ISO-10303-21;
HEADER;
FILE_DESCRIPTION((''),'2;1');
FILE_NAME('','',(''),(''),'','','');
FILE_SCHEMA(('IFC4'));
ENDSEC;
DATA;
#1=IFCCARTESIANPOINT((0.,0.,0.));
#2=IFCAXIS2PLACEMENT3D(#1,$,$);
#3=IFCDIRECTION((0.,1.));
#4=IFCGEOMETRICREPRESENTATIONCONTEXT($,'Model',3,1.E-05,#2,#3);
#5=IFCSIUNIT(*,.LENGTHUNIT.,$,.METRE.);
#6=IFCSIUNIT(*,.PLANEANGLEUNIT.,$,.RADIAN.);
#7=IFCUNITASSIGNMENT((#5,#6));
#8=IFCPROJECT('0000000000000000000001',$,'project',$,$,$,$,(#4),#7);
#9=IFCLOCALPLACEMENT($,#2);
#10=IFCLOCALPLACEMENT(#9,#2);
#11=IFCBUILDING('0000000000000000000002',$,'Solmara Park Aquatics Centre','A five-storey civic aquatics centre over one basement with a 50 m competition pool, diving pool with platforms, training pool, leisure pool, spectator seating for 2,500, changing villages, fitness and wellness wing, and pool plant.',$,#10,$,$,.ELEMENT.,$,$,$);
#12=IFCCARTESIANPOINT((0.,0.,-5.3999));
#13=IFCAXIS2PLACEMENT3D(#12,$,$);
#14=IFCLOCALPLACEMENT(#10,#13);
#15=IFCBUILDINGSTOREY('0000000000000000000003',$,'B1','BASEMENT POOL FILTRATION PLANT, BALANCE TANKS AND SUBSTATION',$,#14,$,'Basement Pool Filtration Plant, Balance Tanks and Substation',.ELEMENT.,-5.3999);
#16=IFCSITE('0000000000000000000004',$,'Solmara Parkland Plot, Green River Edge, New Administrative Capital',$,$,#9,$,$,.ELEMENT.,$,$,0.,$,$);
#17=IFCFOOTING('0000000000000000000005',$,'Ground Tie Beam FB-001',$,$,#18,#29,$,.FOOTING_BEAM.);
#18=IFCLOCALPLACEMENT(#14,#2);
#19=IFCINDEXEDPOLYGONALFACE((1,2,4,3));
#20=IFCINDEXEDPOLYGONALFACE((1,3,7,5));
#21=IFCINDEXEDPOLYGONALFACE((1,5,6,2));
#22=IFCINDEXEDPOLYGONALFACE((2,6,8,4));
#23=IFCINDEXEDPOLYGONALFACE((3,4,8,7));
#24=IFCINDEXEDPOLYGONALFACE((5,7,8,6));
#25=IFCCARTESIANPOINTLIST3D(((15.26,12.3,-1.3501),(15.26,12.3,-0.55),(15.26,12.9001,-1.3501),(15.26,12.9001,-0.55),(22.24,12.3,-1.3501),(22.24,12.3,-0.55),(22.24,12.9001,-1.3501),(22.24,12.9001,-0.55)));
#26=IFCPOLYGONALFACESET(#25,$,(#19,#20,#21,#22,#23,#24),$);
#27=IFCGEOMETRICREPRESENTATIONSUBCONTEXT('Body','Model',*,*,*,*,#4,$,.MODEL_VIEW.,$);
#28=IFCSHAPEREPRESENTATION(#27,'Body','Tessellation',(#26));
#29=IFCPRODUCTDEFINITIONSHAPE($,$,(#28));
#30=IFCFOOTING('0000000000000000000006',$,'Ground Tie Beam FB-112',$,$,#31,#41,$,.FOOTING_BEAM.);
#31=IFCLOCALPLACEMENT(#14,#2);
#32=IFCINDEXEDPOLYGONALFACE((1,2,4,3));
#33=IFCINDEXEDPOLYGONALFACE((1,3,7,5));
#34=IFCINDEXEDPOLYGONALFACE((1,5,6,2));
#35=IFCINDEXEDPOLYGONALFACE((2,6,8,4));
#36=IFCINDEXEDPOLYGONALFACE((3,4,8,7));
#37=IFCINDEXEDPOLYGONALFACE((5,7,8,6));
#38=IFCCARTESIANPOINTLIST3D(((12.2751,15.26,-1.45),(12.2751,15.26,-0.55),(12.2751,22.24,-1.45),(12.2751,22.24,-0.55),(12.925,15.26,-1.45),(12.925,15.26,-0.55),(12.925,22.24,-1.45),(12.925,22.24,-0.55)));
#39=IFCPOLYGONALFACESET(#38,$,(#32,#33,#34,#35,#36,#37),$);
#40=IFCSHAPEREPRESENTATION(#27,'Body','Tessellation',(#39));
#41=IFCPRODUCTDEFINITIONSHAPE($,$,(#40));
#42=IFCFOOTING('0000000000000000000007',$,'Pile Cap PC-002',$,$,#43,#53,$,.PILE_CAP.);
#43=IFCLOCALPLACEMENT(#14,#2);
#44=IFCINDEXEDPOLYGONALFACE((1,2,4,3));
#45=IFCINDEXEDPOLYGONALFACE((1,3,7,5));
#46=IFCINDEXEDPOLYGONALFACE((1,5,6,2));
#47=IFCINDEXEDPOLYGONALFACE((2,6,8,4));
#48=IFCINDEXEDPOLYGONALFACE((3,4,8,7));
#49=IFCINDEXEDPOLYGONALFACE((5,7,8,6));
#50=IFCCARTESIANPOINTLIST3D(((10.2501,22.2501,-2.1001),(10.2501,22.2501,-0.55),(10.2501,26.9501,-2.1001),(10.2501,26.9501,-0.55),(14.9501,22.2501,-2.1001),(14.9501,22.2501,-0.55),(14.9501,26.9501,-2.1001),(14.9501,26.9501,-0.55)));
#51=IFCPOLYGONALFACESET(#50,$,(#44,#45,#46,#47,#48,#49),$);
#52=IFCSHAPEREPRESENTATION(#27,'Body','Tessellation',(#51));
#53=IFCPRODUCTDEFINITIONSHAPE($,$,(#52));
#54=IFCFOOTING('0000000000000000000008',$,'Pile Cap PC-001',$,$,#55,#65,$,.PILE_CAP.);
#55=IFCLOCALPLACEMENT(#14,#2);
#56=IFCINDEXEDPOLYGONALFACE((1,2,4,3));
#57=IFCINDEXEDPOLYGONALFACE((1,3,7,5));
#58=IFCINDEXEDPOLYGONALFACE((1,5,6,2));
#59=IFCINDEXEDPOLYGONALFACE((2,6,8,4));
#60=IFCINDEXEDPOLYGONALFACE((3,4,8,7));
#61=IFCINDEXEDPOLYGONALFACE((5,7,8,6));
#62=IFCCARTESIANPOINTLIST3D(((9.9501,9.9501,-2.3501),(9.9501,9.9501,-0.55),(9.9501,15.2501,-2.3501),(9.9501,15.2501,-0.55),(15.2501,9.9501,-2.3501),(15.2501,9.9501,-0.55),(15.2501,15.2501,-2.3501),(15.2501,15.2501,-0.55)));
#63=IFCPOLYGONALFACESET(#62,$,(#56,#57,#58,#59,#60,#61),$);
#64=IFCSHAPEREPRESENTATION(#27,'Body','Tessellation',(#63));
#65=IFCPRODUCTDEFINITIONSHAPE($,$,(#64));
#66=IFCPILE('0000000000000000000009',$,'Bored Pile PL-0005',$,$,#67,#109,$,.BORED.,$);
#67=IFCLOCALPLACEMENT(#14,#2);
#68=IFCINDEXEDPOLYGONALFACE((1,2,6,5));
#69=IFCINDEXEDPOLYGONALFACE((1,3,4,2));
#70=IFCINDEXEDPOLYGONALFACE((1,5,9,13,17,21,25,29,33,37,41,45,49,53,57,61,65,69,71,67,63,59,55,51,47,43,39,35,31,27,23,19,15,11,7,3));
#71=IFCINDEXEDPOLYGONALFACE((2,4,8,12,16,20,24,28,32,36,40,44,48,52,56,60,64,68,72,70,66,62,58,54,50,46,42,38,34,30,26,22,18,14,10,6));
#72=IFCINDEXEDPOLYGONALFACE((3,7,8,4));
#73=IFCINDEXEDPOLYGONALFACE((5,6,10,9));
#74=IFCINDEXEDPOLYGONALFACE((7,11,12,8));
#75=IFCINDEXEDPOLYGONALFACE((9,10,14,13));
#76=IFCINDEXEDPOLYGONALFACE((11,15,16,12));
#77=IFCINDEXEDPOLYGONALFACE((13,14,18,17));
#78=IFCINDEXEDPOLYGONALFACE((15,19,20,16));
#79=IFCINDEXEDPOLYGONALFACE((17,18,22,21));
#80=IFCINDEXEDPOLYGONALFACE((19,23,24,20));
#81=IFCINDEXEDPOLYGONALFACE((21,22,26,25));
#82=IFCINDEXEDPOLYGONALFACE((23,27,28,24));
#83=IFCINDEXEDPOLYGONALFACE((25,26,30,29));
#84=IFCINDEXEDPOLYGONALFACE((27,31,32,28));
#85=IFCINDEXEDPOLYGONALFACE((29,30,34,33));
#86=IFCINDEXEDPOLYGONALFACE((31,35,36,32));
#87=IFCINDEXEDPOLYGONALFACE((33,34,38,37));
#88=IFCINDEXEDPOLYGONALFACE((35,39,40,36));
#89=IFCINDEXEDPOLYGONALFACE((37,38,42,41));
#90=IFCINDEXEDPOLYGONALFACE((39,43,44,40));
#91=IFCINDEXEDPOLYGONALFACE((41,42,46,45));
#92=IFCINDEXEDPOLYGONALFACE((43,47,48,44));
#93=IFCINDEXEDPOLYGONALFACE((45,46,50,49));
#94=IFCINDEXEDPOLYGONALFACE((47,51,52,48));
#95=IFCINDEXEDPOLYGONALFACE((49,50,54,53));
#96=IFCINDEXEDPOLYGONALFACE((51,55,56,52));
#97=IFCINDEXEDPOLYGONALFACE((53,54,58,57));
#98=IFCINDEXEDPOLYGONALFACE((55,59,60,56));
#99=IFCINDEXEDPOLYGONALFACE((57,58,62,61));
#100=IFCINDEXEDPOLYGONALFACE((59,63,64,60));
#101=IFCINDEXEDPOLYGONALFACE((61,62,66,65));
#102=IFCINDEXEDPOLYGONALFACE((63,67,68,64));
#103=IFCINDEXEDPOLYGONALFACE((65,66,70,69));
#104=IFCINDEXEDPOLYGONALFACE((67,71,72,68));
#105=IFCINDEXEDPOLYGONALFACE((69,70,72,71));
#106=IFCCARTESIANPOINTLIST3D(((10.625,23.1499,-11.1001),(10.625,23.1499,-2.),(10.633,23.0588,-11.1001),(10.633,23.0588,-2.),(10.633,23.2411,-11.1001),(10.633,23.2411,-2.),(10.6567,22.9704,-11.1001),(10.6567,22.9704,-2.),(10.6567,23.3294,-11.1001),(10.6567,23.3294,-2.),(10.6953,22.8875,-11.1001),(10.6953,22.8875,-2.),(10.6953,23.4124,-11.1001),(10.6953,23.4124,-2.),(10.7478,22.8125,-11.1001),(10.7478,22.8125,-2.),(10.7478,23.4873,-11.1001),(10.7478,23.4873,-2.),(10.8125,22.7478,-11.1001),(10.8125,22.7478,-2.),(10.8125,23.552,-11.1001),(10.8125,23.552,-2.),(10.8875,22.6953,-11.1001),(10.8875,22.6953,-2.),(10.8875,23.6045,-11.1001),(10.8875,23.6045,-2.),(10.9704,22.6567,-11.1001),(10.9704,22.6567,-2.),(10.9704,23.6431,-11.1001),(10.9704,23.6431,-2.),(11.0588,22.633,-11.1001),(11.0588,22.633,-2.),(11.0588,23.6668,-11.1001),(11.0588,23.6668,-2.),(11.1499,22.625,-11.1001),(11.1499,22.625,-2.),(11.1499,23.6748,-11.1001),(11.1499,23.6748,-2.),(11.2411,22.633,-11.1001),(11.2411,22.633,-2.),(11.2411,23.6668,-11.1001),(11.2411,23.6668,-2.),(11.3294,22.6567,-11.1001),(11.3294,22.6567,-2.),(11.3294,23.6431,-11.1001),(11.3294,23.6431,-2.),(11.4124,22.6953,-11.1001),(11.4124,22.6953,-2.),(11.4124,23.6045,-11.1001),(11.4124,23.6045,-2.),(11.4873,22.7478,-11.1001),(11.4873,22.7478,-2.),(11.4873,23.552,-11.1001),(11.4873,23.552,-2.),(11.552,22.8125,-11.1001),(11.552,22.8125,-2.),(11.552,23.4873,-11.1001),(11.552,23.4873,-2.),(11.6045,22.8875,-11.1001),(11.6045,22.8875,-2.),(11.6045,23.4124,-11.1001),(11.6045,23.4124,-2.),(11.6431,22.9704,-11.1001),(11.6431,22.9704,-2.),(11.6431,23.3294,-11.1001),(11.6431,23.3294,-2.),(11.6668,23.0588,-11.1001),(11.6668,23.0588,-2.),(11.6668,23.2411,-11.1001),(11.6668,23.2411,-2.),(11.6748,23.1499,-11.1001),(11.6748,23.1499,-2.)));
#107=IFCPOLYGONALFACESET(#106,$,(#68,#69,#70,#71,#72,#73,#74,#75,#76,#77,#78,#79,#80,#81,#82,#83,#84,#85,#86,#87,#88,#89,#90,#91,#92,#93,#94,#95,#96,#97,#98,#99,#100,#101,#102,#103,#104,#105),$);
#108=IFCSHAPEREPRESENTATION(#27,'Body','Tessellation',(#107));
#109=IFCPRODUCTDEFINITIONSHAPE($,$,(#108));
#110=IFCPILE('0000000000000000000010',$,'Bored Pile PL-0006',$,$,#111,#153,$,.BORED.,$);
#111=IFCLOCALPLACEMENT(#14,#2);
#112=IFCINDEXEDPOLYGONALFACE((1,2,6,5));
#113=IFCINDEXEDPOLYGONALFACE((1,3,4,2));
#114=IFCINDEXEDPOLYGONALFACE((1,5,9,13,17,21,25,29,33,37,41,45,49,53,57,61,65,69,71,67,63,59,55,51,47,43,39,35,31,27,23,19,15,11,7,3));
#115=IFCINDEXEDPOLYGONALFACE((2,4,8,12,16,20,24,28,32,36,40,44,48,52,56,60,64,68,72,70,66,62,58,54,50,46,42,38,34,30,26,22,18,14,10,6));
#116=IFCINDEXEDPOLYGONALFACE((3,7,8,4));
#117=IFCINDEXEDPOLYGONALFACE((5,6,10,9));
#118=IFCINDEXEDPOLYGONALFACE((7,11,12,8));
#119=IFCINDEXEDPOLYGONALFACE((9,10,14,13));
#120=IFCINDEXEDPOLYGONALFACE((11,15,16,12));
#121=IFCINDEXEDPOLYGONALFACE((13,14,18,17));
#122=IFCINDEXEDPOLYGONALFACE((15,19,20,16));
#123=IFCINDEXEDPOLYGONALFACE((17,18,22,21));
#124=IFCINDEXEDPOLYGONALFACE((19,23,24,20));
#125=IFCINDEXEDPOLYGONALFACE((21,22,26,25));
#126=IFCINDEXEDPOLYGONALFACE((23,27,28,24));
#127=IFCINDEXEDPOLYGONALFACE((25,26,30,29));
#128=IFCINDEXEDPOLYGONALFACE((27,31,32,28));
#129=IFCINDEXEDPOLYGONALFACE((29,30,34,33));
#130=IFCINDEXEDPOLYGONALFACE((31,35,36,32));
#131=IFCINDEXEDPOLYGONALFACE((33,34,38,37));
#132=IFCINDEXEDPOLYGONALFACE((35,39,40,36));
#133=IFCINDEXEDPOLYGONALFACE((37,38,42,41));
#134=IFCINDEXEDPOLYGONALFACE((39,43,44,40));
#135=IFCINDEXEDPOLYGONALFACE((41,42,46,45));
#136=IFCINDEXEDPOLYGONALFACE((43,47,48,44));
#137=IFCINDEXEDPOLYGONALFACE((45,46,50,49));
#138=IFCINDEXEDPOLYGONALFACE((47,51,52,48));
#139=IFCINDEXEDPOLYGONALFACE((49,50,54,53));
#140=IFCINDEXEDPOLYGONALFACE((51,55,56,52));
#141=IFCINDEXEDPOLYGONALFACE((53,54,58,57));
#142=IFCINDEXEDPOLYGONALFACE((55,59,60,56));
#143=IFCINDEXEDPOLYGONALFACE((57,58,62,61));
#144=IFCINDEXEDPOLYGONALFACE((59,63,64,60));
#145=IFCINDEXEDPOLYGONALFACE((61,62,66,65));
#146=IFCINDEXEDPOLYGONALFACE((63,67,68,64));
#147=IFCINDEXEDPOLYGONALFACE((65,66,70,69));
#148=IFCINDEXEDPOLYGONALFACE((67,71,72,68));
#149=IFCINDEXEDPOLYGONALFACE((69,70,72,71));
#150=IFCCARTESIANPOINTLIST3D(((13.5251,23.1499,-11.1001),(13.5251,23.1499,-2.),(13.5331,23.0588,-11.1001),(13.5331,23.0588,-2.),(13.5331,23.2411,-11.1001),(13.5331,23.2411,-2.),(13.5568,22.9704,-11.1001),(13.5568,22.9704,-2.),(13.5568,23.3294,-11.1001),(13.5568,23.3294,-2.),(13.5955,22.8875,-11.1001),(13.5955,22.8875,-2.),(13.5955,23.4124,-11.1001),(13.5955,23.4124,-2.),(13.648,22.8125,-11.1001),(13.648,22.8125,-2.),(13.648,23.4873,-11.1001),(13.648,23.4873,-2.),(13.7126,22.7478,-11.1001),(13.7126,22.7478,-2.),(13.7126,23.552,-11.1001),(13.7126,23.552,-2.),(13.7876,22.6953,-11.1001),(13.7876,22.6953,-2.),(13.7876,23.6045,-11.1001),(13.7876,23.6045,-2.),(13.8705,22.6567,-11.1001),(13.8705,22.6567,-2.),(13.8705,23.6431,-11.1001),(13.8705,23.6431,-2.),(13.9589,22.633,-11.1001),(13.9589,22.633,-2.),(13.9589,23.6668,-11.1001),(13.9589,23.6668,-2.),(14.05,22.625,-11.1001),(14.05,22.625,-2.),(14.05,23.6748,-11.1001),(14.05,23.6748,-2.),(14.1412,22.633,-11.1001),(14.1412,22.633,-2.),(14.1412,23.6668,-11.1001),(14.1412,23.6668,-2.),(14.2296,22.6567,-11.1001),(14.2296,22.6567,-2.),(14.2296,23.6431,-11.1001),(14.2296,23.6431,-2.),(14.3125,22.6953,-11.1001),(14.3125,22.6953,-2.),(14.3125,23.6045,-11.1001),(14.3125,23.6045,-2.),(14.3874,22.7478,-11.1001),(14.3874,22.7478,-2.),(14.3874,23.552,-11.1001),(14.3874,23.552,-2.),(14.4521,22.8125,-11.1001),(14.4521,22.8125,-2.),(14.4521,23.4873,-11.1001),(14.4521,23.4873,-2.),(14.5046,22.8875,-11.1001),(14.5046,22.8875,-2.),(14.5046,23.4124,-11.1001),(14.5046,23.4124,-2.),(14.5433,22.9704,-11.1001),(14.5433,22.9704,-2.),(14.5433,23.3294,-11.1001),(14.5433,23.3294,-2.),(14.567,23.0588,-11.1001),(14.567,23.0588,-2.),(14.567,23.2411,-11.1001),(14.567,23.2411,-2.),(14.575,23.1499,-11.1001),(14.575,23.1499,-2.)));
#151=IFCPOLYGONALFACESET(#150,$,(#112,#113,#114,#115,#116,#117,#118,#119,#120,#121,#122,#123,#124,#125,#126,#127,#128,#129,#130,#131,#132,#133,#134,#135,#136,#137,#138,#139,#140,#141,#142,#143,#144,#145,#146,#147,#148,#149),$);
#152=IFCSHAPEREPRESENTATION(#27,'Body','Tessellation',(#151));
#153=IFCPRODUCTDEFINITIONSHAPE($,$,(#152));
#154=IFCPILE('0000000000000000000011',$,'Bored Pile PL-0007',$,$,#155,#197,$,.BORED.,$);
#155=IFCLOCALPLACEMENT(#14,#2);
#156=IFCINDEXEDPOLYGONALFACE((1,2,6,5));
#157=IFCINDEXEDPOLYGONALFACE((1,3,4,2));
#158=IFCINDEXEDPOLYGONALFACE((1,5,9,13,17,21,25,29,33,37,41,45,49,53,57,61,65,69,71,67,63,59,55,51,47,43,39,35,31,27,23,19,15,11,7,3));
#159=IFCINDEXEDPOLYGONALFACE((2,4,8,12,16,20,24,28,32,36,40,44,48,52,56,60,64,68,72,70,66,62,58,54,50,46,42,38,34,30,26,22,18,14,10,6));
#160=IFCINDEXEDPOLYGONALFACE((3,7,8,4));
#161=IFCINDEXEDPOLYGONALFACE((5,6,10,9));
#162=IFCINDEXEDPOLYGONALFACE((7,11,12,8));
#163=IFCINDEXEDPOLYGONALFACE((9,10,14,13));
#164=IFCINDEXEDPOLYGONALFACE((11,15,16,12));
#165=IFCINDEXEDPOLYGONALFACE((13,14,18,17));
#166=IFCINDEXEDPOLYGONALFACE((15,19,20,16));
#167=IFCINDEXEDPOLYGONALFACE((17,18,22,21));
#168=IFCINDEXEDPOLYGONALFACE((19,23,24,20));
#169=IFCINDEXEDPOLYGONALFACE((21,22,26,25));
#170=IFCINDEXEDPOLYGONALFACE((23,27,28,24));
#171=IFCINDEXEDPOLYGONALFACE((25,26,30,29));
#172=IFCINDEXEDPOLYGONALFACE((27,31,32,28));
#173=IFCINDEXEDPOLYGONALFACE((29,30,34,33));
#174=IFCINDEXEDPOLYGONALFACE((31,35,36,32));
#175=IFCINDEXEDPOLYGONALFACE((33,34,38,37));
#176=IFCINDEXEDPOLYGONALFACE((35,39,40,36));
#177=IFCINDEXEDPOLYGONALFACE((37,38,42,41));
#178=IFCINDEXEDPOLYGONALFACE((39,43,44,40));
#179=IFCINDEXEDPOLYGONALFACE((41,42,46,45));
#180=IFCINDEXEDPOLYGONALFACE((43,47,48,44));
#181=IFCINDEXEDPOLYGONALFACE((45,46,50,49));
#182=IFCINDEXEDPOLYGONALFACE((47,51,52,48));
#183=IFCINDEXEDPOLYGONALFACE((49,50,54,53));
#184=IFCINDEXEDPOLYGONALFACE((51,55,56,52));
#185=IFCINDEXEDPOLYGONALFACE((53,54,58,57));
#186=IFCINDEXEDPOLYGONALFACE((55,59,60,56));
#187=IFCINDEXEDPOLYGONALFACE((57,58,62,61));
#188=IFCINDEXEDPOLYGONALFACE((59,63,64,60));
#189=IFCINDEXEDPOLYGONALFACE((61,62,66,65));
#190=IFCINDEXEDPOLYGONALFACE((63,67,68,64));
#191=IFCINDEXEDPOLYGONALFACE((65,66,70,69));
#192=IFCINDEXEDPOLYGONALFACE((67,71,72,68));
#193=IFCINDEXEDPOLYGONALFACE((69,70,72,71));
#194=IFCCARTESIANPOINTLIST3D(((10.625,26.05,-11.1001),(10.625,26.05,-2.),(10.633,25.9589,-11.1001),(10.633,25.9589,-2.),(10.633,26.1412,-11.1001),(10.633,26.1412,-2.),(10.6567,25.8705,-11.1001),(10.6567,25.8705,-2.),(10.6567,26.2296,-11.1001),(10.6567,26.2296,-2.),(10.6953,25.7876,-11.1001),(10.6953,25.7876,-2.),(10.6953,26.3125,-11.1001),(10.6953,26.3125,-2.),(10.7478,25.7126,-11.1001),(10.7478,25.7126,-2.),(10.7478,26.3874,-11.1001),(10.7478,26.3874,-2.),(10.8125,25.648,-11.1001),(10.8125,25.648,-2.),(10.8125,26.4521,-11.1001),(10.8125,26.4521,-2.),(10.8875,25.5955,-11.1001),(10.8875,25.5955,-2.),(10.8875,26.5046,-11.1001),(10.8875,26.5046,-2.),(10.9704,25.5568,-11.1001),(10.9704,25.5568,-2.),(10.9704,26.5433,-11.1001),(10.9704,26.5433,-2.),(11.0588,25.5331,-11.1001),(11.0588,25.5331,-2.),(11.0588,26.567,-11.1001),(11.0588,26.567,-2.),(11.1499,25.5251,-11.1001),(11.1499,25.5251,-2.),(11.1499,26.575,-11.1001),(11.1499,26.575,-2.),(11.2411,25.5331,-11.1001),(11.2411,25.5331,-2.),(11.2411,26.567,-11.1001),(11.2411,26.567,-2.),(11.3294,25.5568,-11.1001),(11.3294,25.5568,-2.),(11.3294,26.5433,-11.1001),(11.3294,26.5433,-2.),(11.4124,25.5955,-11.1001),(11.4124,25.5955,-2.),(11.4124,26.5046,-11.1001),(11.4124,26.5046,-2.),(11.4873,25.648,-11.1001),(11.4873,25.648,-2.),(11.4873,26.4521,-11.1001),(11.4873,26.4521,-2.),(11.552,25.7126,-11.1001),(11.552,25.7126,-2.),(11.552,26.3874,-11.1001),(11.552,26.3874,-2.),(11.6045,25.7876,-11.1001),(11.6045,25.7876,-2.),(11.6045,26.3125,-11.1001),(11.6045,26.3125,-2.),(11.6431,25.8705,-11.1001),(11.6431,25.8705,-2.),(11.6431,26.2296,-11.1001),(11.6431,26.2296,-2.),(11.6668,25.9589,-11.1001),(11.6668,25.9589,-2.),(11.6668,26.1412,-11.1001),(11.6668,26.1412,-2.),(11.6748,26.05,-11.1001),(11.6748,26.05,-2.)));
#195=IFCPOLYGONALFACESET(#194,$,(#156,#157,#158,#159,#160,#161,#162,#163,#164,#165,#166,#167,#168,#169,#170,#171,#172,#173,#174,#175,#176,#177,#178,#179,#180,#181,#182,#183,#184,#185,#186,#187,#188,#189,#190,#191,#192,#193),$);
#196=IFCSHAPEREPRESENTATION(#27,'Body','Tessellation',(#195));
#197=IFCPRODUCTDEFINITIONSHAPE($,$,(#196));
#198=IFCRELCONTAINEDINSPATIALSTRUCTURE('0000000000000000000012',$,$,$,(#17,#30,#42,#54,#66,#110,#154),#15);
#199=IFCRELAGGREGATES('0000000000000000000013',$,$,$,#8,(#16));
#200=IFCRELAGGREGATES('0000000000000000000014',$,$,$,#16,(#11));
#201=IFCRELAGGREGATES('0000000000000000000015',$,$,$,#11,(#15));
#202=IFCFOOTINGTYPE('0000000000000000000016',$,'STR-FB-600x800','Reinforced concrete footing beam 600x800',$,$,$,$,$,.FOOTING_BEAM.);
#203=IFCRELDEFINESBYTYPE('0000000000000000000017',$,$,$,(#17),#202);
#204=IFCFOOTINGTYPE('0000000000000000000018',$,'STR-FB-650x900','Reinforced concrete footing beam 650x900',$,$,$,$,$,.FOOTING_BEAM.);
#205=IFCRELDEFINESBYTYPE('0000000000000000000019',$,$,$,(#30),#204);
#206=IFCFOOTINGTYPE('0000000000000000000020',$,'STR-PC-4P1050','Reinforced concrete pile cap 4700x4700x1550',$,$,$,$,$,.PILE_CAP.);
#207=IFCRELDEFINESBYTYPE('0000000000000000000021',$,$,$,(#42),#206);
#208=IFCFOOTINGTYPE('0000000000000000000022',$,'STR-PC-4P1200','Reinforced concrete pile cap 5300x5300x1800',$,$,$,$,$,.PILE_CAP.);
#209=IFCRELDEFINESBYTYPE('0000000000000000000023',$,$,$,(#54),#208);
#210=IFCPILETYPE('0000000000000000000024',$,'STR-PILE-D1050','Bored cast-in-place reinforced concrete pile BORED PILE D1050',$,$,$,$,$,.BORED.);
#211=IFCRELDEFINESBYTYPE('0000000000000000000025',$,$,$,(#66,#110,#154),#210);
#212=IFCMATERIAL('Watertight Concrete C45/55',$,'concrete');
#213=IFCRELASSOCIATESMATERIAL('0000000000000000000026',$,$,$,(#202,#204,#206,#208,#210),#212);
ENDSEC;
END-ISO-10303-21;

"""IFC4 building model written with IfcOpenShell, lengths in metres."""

from ifc_helpers import new_model, si_unit, direction, frame, origin, origin_2d, place, context, subcontext, project, spatial, rectangle, circle, extrude, material, material_profile, profile_set, type_object, element, save


model = new_model("IFC4")

# Units and contexts
model_context = context("Model", 3, precision=1e-05, world=origin(), true_north=direction((0.0, 1.0)))
body_context = subcontext(model_context, "Body", "Model", "MODEL_VIEW")
ifc_project = project(units=[si_unit("LENGTHUNIT", "METRE"), si_unit("PLANEANGLEUNIT", "RADIAN")], contexts=[model_context])

# Site, building, storey
site_placement = place(None, origin())
site = spatial("IfcSite", under=ifc_project, at=site_placement, Name="Solmara Parkland Plot, Green River Edge, New Administrative Capital", CompositionType="ELEMENT", RefElevation=0.0)
building_placement = place(site_placement, origin())
building = spatial("IfcBuilding", under=site, at=building_placement, Name="Solmara Park Aquatics Centre", Description="A five-storey civic aquatics centre over one basement with a 50 m competition pool, diving pool with platforms, training pool, leisure pool, spectator seating for 2,500, changing villages, fitness and wellness wing, and pool plant.", CompositionType="ELEMENT")
storey_placement = place(building_placement, frame((0.0, 0.0, -5.3999)))
storey = spatial("IfcBuildingStorey", under=building, at=storey_placement, Name="B1", Description="BASEMENT POOL FILTRATION PLANT, BALANCE TANKS AND SUBSTATION", LongName="Basement Pool Filtration Plant, Balance Tanks and Substation", CompositionType="ELEMENT", Elevation=-5.3999)

# Footings
ifc_material_1 = material(Name="Watertight Concrete C45/55", Category="concrete")
footing_type_1 = type_object("IfcFootingType", Name="STR-FB-600x800", Description="Reinforced concrete footing beam 600x800", PredefinedType="FOOTING_BEAM", material=ifc_material_1)
footing_1_placement = place(storey_placement, frame((18.75, 12.6001, -1.3501), z_axis=(0.0, 0.0, 1.0), x_axis=(1.0, 0.0, 0.0)))
element("IfcFooting", 1, at=footing_1_placement, inside=storey, type_object=footing_type_1, Name="Ground Tie Beam FB-001", PredefinedType="FOOTING_BEAM", context=body_context, shape_type="SweptSolid", body=[
    extrude(rectangle(XDim=6.98, YDim=0.6001, at=origin_2d()), origin(), (0.0, 0.0, 1.0), 0.8),
])
footing_type_2 = type_object("IfcFootingType", Name="STR-FB-650x900", Description="Reinforced concrete footing beam 650x900", PredefinedType="FOOTING_BEAM", material=ifc_material_1)
footing_2_placement = place(storey_placement, frame((12.6001, 18.75, -1.45), z_axis=(0.0, 0.0, 1.0), x_axis=(1.0, 0.0, 0.0)))
element("IfcFooting", 2, at=footing_2_placement, inside=storey, type_object=footing_type_2, Name="Ground Tie Beam FB-112", PredefinedType="FOOTING_BEAM", context=body_context, shape_type="SweptSolid", body=[
    extrude(rectangle(XDim=0.6499, YDim=6.98, at=origin_2d()), origin(), (0.0, 0.0, 1.0), 0.8999),
])
footing_type_3 = type_object("IfcFootingType", Name="STR-PC-4P1050", Description="Reinforced concrete pile cap 4700x4700x1550", PredefinedType="PILE_CAP", material=ifc_material_1)
footing_3_placement = place(storey_placement, frame((12.6001, 24.6001, -2.1001), z_axis=(0.0, 0.0, 1.0), x_axis=(1.0, 0.0, 0.0)))
element("IfcFooting", 3, at=footing_3_placement, inside=storey, type_object=footing_type_3, Name="Pile Cap PC-002", PredefinedType="PILE_CAP", context=body_context, shape_type="SweptSolid", body=[
    extrude(rectangle(XDim=4.7, YDim=4.7, at=origin_2d()), origin(), (0.0, 0.0, 1.0), 1.55),
])
footing_type_4 = type_object("IfcFootingType", Name="STR-PC-4P1200", Description="Reinforced concrete pile cap 5300x5300x1800", PredefinedType="PILE_CAP", material=ifc_material_1)
footing_4_placement = place(storey_placement, frame((12.6001, 12.6001, -2.3501), z_axis=(0.0, 0.0, 1.0), x_axis=(1.0, 0.0, 0.0)))
element("IfcFooting", 4, at=footing_4_placement, inside=storey, type_object=footing_type_4, Name="Pile Cap PC-001", PredefinedType="PILE_CAP", context=body_context, shape_type="SweptSolid", body=[
    extrude(rectangle(XDim=5.3, YDim=5.3, at=origin_2d()), origin(), (0.0, 0.0, 1.0), 1.8),
])

# Piles
ifc_material_profile_1 = material_profile(ifc_material_1, circle(Radius=0.5249, at=origin_2d()), Name="BORED PILE D1050")
ifc_profile_set_1 = profile_set([ifc_material_profile_1], Name="Watertight Concrete C45/55")
pile_type_1 = type_object("IfcPileType", Name="STR-PILE-D1050", Description="Bored cast-in-place reinforced concrete pile BORED PILE D1050", PredefinedType="BORED", material=ifc_profile_set_1)
for number, where, z_axis, x_axis, name in (
    (5, (11.1499, 23.1499, -2.0), (0.0, 0.0, -1.0), (1.0, 0.0, 0.0), "Bored Pile PL-0005"),
    (6, (14.05, 23.1499, -2.0), (0.0, 0.0, -1.0), (1.0, 0.0, 0.0), "Bored Pile PL-0006"),
    (7, (11.1499, 26.05, -2.0), (0.0, 0.0, -1.0), (1.0, 0.0, 0.0), "Bored Pile PL-0007"),
):
    element("IfcPile", number, at=place(storey_placement, frame(where, z_axis=z_axis, x_axis=x_axis)), inside=storey, type_object=pile_type_1, Name=name, PredefinedType="BORED", context=body_context, shape_type="SweptSolid", body=[
        extrude(circle(Radius=0.5249, at=origin_2d()), origin(), (0.0, 0.0, 1.0), 9.1001),
    ])

save(model, "model.ifc")
